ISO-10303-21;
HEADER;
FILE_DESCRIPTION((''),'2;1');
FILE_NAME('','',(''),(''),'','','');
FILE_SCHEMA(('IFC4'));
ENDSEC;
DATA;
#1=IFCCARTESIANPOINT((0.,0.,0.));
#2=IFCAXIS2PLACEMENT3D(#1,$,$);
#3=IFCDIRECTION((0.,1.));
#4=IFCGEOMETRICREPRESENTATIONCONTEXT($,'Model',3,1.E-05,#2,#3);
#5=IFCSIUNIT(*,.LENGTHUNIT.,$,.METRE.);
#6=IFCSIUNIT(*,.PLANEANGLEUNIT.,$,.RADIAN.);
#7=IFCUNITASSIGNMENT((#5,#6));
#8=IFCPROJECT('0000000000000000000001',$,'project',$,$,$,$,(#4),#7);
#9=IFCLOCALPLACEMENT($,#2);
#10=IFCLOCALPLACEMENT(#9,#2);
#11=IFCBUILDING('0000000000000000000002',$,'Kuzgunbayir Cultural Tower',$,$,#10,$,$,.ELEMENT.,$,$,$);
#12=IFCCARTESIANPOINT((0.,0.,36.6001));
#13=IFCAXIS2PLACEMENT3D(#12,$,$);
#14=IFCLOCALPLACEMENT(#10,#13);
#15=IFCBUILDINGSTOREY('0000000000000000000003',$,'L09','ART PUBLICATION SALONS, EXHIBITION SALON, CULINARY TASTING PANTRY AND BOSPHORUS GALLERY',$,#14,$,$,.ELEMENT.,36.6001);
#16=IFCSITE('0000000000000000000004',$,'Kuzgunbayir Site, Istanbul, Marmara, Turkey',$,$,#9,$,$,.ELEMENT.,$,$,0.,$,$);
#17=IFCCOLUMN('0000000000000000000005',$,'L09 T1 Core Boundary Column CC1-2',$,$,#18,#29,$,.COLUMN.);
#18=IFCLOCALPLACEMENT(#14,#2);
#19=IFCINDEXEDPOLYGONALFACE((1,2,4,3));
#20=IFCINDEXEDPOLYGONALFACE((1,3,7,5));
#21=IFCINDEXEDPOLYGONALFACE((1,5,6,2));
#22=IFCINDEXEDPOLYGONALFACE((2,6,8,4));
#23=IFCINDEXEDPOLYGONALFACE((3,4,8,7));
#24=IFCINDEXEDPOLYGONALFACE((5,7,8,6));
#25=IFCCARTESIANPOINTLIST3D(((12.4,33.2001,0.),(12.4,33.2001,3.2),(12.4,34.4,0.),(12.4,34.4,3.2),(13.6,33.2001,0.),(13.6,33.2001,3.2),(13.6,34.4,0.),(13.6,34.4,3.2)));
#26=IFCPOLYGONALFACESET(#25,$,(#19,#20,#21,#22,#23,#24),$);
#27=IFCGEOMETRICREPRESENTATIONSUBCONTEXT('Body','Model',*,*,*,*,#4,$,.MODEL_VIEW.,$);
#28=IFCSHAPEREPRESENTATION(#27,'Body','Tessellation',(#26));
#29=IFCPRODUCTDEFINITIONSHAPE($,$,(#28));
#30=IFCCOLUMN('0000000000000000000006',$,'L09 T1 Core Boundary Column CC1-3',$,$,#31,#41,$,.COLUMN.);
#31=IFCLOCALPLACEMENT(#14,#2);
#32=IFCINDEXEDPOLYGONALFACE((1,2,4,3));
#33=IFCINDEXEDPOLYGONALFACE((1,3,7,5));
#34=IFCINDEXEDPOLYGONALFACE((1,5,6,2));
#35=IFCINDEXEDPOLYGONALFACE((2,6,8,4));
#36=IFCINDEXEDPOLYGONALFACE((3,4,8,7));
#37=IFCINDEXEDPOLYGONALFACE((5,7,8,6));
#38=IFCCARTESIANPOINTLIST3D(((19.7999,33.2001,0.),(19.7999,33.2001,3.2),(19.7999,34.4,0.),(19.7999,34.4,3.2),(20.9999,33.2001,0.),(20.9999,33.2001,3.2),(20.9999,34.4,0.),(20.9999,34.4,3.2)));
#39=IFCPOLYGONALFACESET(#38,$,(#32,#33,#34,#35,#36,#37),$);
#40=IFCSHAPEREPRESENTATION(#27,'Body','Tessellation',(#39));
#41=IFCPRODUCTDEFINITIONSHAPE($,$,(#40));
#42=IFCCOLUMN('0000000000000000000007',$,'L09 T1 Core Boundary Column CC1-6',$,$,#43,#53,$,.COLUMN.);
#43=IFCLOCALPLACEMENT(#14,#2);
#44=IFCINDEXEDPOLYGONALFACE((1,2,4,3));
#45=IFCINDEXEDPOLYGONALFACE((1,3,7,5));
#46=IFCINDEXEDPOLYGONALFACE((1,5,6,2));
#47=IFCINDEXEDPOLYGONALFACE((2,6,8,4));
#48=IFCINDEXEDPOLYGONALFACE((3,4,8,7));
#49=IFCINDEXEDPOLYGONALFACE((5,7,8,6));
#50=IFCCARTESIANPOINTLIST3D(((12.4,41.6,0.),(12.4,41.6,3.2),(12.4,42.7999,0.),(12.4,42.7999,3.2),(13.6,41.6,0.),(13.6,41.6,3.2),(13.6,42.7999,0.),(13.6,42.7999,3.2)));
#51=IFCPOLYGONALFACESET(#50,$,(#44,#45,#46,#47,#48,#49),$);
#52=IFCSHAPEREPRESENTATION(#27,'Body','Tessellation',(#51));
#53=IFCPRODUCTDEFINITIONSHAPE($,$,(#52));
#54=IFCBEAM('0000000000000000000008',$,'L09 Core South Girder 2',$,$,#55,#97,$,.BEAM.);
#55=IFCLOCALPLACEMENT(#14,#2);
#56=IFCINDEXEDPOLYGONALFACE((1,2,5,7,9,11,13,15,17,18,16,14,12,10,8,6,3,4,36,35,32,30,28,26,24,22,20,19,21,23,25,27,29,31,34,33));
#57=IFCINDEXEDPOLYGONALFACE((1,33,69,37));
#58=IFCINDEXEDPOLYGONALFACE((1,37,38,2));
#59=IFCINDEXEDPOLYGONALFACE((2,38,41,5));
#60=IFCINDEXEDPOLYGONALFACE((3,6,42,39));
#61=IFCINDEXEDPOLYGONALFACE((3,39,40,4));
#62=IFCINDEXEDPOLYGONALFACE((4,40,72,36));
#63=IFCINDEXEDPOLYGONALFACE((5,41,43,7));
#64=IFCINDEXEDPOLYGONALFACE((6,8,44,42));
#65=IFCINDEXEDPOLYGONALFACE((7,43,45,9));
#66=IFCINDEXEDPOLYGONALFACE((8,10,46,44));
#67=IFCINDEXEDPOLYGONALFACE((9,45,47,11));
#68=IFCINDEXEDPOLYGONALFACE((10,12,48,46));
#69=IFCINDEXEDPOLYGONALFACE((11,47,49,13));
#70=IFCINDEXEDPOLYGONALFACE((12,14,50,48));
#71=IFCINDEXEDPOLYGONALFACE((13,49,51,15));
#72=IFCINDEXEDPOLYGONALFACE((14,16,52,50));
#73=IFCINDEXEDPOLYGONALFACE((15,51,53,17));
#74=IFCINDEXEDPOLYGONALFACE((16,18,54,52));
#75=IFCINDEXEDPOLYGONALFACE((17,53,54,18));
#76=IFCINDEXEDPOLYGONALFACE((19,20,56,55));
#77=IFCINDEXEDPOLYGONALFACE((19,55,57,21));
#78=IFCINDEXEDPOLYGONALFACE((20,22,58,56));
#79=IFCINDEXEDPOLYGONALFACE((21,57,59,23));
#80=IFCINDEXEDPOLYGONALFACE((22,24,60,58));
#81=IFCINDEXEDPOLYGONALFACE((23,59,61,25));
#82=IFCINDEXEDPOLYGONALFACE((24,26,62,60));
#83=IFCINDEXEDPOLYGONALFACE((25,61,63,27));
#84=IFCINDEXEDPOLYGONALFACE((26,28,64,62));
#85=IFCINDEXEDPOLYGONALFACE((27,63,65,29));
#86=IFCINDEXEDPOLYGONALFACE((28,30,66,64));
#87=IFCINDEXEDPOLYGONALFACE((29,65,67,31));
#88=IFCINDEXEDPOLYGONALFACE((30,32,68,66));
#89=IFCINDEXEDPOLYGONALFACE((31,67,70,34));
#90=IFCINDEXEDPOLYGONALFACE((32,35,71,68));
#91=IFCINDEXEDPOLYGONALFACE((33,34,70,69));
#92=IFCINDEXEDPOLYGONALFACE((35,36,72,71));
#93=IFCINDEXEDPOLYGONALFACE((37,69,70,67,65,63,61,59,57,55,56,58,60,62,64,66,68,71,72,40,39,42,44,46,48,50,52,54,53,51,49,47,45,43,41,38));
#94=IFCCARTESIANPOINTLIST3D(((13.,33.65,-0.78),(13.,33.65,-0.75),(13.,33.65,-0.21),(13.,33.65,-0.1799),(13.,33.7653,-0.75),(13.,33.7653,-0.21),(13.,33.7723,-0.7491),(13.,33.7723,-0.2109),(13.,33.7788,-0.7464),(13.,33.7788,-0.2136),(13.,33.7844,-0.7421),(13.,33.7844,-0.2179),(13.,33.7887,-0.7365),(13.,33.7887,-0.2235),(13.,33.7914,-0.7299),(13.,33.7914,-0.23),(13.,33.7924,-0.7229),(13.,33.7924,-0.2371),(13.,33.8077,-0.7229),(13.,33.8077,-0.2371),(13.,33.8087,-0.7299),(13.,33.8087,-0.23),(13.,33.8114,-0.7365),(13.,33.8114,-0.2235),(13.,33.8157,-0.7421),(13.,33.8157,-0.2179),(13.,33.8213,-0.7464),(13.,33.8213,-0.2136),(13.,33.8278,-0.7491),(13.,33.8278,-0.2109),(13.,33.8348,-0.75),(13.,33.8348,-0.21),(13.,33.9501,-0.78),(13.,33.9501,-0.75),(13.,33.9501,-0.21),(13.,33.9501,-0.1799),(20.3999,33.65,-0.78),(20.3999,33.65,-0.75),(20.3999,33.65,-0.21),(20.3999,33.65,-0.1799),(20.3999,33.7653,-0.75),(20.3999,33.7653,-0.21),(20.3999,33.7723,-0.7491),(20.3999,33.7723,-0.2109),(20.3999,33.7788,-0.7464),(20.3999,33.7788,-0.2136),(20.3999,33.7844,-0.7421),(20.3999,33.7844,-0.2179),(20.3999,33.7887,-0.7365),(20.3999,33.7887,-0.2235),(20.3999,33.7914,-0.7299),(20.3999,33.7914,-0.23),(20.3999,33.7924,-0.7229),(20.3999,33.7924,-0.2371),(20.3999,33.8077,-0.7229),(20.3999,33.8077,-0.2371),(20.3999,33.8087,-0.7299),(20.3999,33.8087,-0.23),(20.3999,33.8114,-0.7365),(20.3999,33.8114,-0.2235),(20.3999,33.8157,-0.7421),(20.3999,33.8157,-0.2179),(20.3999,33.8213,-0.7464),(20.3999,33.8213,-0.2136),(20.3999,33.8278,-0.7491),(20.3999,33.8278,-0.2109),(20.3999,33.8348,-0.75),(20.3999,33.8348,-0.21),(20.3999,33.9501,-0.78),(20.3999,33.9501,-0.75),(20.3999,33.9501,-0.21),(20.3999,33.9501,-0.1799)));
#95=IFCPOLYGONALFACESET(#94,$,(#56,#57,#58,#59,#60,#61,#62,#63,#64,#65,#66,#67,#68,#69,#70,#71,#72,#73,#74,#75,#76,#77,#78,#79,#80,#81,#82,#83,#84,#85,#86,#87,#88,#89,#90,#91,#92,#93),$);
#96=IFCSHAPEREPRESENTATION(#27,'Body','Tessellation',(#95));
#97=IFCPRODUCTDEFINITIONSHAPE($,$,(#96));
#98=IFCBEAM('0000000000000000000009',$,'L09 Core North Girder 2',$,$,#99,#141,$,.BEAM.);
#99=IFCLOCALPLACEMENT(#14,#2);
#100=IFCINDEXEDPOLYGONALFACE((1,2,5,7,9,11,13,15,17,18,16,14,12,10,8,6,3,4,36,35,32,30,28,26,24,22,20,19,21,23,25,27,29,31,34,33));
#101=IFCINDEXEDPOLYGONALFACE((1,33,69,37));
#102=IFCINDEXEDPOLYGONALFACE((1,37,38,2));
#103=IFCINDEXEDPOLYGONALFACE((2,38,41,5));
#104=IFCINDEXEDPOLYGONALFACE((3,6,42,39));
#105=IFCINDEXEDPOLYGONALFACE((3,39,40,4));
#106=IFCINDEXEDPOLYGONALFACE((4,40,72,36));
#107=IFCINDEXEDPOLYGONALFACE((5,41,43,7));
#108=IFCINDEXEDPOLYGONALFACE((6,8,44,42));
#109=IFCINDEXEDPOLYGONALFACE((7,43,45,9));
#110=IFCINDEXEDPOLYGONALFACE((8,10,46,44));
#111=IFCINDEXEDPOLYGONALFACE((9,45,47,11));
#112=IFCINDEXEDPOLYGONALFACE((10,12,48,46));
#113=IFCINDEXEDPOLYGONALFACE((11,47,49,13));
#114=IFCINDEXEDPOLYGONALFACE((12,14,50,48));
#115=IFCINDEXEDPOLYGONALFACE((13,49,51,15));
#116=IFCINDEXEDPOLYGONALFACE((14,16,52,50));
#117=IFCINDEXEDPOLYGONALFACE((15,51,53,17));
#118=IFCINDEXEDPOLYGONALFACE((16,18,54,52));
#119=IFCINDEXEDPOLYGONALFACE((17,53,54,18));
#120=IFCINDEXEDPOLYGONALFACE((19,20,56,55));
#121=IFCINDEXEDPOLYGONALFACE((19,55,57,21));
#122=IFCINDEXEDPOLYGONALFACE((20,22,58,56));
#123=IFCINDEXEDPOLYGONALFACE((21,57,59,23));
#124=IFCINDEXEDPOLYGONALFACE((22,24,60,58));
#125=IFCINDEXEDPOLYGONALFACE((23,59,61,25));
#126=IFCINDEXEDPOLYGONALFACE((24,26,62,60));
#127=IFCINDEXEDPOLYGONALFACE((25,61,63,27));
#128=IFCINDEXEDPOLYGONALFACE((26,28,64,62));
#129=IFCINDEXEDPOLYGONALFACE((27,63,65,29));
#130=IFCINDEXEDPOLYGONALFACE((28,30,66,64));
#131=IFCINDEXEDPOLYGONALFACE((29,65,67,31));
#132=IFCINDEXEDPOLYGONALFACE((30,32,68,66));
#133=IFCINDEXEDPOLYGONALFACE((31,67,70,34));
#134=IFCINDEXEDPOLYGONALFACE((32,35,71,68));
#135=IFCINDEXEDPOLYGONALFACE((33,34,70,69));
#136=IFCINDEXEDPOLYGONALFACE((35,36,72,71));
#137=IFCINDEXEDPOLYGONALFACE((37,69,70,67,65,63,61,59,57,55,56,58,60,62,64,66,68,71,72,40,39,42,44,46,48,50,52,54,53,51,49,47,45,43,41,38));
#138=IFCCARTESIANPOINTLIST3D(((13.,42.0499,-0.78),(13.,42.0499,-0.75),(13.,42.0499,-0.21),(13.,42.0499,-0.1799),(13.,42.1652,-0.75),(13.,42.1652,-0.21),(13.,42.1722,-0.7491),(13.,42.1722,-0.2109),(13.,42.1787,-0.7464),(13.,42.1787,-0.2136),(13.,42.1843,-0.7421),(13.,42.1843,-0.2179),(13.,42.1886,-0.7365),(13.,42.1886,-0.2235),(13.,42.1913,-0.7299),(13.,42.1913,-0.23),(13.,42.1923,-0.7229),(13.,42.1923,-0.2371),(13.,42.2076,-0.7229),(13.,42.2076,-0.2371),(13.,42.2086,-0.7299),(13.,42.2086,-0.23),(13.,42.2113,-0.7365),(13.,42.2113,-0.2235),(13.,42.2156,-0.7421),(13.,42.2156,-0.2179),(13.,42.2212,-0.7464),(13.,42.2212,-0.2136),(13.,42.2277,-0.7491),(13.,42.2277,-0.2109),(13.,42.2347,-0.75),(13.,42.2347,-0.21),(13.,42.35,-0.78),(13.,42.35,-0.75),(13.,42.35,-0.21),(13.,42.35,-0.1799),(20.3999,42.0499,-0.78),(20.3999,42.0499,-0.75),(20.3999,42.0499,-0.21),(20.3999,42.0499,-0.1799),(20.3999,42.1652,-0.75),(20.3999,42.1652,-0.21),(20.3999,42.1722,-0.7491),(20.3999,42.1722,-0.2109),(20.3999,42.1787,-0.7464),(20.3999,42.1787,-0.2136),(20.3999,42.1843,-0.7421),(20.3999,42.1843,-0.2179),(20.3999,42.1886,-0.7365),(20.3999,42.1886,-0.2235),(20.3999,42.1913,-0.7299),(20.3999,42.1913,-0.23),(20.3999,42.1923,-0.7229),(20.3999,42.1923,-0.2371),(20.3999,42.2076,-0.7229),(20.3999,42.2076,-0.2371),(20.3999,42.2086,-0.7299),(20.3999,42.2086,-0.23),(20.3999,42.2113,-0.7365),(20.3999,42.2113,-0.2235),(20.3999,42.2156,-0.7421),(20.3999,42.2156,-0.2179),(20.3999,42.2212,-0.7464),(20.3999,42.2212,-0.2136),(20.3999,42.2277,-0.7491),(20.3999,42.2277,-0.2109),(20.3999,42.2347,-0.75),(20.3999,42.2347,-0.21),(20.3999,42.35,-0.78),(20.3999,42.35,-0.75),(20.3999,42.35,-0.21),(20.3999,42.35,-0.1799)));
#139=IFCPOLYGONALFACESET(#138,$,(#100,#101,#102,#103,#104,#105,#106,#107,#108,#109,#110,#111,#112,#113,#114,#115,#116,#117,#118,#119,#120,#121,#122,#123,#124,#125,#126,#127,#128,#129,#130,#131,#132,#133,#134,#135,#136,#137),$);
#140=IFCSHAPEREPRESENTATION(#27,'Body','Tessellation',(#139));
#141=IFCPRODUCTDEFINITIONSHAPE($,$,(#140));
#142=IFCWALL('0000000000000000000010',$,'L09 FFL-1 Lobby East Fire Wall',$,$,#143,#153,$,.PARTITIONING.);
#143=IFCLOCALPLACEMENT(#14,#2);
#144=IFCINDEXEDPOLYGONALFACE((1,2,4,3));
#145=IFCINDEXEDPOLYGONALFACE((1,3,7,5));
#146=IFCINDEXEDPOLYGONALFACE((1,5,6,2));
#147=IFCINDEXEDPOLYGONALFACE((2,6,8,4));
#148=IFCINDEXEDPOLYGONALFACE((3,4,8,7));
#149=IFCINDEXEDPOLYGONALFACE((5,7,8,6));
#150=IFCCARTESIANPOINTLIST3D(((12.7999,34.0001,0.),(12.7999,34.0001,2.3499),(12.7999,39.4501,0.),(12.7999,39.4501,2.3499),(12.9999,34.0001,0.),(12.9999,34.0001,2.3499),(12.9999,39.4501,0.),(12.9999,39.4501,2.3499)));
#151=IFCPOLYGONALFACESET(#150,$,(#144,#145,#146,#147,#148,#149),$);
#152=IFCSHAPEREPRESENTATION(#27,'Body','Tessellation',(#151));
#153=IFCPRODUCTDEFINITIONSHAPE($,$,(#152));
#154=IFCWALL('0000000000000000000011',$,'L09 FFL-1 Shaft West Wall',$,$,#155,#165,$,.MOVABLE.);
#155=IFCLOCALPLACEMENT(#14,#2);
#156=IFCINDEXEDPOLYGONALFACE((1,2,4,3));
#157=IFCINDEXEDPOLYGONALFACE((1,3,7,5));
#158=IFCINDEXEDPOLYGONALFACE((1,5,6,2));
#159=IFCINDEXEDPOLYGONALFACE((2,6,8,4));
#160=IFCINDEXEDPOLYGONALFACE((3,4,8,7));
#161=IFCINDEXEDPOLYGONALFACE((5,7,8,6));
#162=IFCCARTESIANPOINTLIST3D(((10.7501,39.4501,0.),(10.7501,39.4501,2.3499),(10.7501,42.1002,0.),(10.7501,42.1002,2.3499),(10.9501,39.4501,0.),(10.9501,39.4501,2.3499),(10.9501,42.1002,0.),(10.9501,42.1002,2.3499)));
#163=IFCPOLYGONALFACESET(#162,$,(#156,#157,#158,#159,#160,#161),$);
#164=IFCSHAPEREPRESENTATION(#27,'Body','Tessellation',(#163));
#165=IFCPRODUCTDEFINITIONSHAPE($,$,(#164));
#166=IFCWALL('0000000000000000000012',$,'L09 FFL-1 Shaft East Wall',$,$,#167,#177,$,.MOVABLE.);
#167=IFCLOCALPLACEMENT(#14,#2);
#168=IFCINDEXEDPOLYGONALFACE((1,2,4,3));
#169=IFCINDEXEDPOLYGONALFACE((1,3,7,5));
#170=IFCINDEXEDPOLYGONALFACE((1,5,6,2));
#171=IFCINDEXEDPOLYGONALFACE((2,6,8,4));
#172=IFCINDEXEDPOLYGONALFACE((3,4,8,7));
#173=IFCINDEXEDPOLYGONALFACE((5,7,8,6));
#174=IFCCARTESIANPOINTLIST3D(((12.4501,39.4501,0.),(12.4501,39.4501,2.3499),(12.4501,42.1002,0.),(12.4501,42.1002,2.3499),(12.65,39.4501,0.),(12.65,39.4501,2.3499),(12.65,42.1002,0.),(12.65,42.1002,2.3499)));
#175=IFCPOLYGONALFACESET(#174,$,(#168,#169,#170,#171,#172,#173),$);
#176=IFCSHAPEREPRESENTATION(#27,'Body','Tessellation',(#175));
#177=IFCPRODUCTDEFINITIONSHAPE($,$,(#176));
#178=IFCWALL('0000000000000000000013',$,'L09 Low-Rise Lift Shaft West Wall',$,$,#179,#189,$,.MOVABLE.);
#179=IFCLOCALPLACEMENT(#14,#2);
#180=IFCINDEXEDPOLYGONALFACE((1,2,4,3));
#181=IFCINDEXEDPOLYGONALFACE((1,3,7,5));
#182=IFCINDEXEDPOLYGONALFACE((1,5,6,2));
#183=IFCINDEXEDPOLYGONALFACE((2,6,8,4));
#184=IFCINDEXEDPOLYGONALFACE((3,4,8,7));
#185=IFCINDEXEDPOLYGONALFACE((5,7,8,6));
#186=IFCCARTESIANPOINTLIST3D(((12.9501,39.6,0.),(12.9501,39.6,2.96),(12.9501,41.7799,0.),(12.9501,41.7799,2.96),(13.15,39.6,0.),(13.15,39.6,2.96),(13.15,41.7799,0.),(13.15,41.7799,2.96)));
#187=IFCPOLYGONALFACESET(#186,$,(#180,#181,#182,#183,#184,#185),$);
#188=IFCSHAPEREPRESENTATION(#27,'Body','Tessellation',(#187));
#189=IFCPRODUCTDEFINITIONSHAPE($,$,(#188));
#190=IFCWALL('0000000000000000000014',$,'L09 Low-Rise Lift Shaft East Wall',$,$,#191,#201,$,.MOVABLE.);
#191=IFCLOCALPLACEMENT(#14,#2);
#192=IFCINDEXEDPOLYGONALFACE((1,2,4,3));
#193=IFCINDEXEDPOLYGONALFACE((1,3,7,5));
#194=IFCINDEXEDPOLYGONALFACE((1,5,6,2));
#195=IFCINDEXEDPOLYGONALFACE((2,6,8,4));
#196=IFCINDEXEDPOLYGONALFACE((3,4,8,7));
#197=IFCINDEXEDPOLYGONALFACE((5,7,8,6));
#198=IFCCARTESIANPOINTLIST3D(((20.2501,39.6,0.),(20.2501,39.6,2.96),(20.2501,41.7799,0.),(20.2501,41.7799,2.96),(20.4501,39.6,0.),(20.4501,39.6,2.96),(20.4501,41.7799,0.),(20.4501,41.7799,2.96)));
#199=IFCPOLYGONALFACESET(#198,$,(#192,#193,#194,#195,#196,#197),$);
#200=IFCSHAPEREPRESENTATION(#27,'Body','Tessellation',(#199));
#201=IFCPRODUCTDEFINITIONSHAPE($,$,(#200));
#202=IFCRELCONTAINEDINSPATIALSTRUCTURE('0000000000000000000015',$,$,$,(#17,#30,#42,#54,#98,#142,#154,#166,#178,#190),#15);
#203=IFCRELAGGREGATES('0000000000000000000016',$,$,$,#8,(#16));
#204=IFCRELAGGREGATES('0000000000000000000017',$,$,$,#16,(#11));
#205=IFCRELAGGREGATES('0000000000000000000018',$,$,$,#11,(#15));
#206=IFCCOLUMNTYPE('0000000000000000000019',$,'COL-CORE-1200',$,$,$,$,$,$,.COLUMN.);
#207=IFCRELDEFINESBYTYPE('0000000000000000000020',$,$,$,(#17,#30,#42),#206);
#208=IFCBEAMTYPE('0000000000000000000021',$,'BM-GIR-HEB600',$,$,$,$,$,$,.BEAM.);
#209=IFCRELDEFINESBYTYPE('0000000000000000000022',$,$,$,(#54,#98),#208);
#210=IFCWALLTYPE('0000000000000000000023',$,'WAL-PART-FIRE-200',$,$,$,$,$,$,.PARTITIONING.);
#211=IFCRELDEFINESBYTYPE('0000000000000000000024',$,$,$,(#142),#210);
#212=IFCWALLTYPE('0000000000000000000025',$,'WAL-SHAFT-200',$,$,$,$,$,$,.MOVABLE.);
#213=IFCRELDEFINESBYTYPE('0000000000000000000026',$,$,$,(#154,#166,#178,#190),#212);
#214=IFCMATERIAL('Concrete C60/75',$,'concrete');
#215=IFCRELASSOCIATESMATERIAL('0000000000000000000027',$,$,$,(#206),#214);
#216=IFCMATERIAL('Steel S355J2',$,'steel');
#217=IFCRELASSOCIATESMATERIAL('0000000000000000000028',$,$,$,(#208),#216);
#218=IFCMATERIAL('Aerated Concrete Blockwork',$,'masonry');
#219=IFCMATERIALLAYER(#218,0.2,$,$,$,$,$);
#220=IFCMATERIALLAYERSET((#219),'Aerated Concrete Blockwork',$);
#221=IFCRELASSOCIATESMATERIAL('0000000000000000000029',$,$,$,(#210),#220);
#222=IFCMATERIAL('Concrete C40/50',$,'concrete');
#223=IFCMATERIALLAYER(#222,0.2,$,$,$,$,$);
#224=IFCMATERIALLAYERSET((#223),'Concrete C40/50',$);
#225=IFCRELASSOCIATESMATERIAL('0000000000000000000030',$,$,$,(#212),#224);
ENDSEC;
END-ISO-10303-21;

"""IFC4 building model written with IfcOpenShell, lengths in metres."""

from ifc_helpers import new_model, si_unit, direction, frame, frame_2d, origin, origin_2d, place, context, subcontext, project, spatial, rectangle, i_section, extrude, material, layer, layer_set, material_profile, profile_set, type_object, element, save


model = new_model("IFC4")

# Units and contexts
model_context = context("Model", 3, precision=1e-05, world=origin(), true_north=direction((0.0, 1.0)))
body_context = subcontext(model_context, "Body", "Model", "MODEL_VIEW")
ifc_project = project(units=[si_unit("LENGTHUNIT", "METRE"), si_unit("PLANEANGLEUNIT", "RADIAN")], contexts=[model_context])

# Site, building, storey
site_placement = place(None, origin())
site = spatial("IfcSite", under=ifc_project, at=site_placement, Name="Kuzgunbayir Site, Istanbul, Marmara, Turkey", CompositionType="ELEMENT", RefElevation=0.0)
building_placement = place(site_placement, origin())
building = spatial("IfcBuilding", under=site, at=building_placement, Name="Kuzgunbayir Cultural Tower", CompositionType="ELEMENT")
storey_placement = place(building_placement, frame((0.0, 0.0, 36.6001)))
storey = spatial("IfcBuildingStorey", under=building, at=storey_placement, Name="L09", Description="ART PUBLICATION SALONS, EXHIBITION SALON, CULINARY TASTING PANTRY AND BOSPHORUS GALLERY", CompositionType="ELEMENT", Elevation=36.6001)

# Columns
ifc_material_1 = material(Name="Concrete C60/75", Category="concrete")
ifc_material_profile_1 = material_profile(ifc_material_1, rectangle(XDim=1.2, YDim=1.2, at=origin_2d()), Name="RC 1200x1200")
ifc_profile_set_1 = profile_set([ifc_material_profile_1], Name="Concrete C60/75")
column_type = type_object("IfcColumnType", Name="COL-CORE-1200", PredefinedType="COLUMN", material=ifc_profile_set_1)
for number, where, z_axis, x_axis, name in (
    (1, (13.0, 33.8, 0.0), (0.0, 0.0, 1.0), (1.0, 0.0, 0.0), "L09 T1 Core Boundary Column CC1-2"),
    (2, (20.3999, 33.8, 0.0), (0.0, 0.0, 1.0), (1.0, 0.0, 0.0), "L09 T1 Core Boundary Column CC1-3"),
    (3, (13.0, 42.2, 0.0), (0.0, 0.0, 1.0), (1.0, 0.0, 0.0), "L09 T1 Core Boundary Column CC1-6"),
):
    element("IfcColumn", number, at=place(storey_placement, frame(where, z_axis=z_axis, x_axis=x_axis)), inside=storey, type_object=column_type, Name=name, PredefinedType="COLUMN", context=body_context, shape_type="SweptSolid", body=[
        extrude(rectangle(XDim=1.2, YDim=1.2, at=origin_2d()), origin(), (0.0, 0.0, 1.0), 3.2),
    ])

# Beams
ifc_material_2 = material(Name="Steel S355J2", Category="steel")
ifc_material_profile_2 = material_profile(ifc_material_2, i_section(OverallWidth=0.3, OverallDepth=0.6001, WebThickness=0.0154, FlangeThickness=0.03, FilletRadius=0.0271, at=origin_2d()), Name="HEB 600")
ifc_profile_set_2 = profile_set([ifc_material_profile_2], Name="Steel S355J2")
beam_type = type_object("IfcBeamType", Name="BM-GIR-HEB600", PredefinedType="BEAM", material=ifc_profile_set_2)
for number, where, z_axis, x_axis, name in (
    (4, (13.0, 33.8, -0.48), (1.0, 0.0, 0.0), (0.0, 1.0, 0.0), "L09 Core South Girder 2"),
    (5, (13.0, 42.2, -0.48), (1.0, 0.0, 0.0), (0.0, 1.0, 0.0), "L09 Core North Girder 2"),
):
    element("IfcBeam", number, at=place(storey_placement, frame(where, z_axis=z_axis, x_axis=x_axis)), inside=storey, type_object=beam_type, Name=name, PredefinedType="BEAM", context=body_context, shape_type="SweptSolid", body=[
        extrude(i_section(OverallWidth=0.3, OverallDepth=0.6001, WebThickness=0.0154, FlangeThickness=0.03, FilletRadius=0.0271, at=origin_2d()), origin(), (0.0, 0.0, 1.0), 7.3999),
    ])

# Wall
ifc_material_3 = material(Name="Aerated Concrete Blockwork", Category="masonry")
ifc_layer_1 = layer(ifc_material_3, 0.2)
ifc_layer_set_1 = layer_set([ifc_layer_1], Name="Aerated Concrete Blockwork")
wall_type_1 = type_object("IfcWallType", Name="WAL-PART-FIRE-200", PredefinedType="PARTITIONING", material=ifc_layer_set_1)
wall_1_placement = place(storey_placement, frame((12.8999, 34.0, 0.0), z_axis=(0.0, 0.0, 1.0), x_axis=(0.0, 1.0, 0.0)))
element("IfcWall", 6, at=wall_1_placement, inside=storey, type_object=wall_type_1, Name="L09 FFL-1 Lobby East Fire Wall", PredefinedType="PARTITIONING", context=body_context, shape_type="SweptSolid", body=[
    extrude(rectangle(XDim=5.45, YDim=0.2, at=frame_2d((2.7251, 0.0))), origin(), (0.0, 0.0, 1.0), 2.3499),
])

# Shared definitions
ifc_material_4 = material(Name="Concrete C40/50", Category="concrete")
ifc_layer_2 = layer(ifc_material_4, 0.2)
ifc_layer_set_2 = layer_set([ifc_layer_2], Name="Concrete C40/50")
wall_type_2 = type_object("IfcWallType", Name="WAL-SHAFT-200", PredefinedType="MOVABLE", material=ifc_layer_set_2)

# Walls
for number, where, z_axis, x_axis, name in (
    (7, (10.8501, 39.45, 0.0), (0.0, 0.0, 1.0), (0.0, 1.0, 0.0), "L09 FFL-1 Shaft West Wall"),
    (8, (12.55, 39.45, 0.0), (0.0, 0.0, 1.0), (0.0, 1.0, 0.0), "L09 FFL-1 Shaft East Wall"),
):
    element("IfcWall", number, at=place(storey_placement, frame(where, z_axis=z_axis, x_axis=x_axis)), inside=storey, type_object=wall_type_2, Name=name, PredefinedType="MOVABLE", context=body_context, shape_type="SweptSolid", body=[
        extrude(rectangle(XDim=2.6501, YDim=0.2, at=frame_2d((1.3252, 0.0))), origin(), (0.0, 0.0, 1.0), 2.3499),
    ])

# Walls
for number, where, z_axis, x_axis, name in (
    (9, (13.05, 39.6001, 0.0), (0.0, 0.0, 1.0), (0.0, 1.0, 0.0), "L09 Low-Rise Lift Shaft West Wall"),
    (10, (20.3501, 39.6001, 0.0), (0.0, 0.0, 1.0), (0.0, 1.0, 0.0), "L09 Low-Rise Lift Shaft East Wall"),
):
    element("IfcWall", number, at=place(storey_placement, frame(where, z_axis=z_axis, x_axis=x_axis)), inside=storey, type_object=wall_type_2, Name=name, PredefinedType="MOVABLE", context=body_context, shape_type="SweptSolid", body=[
        extrude(rectangle(XDim=2.1799, YDim=0.2, at=frame_2d((1.0898, 0.0))), origin(), (0.0, 0.0, 1.0), 2.96),
    ])

save(model, "model.ifc")
